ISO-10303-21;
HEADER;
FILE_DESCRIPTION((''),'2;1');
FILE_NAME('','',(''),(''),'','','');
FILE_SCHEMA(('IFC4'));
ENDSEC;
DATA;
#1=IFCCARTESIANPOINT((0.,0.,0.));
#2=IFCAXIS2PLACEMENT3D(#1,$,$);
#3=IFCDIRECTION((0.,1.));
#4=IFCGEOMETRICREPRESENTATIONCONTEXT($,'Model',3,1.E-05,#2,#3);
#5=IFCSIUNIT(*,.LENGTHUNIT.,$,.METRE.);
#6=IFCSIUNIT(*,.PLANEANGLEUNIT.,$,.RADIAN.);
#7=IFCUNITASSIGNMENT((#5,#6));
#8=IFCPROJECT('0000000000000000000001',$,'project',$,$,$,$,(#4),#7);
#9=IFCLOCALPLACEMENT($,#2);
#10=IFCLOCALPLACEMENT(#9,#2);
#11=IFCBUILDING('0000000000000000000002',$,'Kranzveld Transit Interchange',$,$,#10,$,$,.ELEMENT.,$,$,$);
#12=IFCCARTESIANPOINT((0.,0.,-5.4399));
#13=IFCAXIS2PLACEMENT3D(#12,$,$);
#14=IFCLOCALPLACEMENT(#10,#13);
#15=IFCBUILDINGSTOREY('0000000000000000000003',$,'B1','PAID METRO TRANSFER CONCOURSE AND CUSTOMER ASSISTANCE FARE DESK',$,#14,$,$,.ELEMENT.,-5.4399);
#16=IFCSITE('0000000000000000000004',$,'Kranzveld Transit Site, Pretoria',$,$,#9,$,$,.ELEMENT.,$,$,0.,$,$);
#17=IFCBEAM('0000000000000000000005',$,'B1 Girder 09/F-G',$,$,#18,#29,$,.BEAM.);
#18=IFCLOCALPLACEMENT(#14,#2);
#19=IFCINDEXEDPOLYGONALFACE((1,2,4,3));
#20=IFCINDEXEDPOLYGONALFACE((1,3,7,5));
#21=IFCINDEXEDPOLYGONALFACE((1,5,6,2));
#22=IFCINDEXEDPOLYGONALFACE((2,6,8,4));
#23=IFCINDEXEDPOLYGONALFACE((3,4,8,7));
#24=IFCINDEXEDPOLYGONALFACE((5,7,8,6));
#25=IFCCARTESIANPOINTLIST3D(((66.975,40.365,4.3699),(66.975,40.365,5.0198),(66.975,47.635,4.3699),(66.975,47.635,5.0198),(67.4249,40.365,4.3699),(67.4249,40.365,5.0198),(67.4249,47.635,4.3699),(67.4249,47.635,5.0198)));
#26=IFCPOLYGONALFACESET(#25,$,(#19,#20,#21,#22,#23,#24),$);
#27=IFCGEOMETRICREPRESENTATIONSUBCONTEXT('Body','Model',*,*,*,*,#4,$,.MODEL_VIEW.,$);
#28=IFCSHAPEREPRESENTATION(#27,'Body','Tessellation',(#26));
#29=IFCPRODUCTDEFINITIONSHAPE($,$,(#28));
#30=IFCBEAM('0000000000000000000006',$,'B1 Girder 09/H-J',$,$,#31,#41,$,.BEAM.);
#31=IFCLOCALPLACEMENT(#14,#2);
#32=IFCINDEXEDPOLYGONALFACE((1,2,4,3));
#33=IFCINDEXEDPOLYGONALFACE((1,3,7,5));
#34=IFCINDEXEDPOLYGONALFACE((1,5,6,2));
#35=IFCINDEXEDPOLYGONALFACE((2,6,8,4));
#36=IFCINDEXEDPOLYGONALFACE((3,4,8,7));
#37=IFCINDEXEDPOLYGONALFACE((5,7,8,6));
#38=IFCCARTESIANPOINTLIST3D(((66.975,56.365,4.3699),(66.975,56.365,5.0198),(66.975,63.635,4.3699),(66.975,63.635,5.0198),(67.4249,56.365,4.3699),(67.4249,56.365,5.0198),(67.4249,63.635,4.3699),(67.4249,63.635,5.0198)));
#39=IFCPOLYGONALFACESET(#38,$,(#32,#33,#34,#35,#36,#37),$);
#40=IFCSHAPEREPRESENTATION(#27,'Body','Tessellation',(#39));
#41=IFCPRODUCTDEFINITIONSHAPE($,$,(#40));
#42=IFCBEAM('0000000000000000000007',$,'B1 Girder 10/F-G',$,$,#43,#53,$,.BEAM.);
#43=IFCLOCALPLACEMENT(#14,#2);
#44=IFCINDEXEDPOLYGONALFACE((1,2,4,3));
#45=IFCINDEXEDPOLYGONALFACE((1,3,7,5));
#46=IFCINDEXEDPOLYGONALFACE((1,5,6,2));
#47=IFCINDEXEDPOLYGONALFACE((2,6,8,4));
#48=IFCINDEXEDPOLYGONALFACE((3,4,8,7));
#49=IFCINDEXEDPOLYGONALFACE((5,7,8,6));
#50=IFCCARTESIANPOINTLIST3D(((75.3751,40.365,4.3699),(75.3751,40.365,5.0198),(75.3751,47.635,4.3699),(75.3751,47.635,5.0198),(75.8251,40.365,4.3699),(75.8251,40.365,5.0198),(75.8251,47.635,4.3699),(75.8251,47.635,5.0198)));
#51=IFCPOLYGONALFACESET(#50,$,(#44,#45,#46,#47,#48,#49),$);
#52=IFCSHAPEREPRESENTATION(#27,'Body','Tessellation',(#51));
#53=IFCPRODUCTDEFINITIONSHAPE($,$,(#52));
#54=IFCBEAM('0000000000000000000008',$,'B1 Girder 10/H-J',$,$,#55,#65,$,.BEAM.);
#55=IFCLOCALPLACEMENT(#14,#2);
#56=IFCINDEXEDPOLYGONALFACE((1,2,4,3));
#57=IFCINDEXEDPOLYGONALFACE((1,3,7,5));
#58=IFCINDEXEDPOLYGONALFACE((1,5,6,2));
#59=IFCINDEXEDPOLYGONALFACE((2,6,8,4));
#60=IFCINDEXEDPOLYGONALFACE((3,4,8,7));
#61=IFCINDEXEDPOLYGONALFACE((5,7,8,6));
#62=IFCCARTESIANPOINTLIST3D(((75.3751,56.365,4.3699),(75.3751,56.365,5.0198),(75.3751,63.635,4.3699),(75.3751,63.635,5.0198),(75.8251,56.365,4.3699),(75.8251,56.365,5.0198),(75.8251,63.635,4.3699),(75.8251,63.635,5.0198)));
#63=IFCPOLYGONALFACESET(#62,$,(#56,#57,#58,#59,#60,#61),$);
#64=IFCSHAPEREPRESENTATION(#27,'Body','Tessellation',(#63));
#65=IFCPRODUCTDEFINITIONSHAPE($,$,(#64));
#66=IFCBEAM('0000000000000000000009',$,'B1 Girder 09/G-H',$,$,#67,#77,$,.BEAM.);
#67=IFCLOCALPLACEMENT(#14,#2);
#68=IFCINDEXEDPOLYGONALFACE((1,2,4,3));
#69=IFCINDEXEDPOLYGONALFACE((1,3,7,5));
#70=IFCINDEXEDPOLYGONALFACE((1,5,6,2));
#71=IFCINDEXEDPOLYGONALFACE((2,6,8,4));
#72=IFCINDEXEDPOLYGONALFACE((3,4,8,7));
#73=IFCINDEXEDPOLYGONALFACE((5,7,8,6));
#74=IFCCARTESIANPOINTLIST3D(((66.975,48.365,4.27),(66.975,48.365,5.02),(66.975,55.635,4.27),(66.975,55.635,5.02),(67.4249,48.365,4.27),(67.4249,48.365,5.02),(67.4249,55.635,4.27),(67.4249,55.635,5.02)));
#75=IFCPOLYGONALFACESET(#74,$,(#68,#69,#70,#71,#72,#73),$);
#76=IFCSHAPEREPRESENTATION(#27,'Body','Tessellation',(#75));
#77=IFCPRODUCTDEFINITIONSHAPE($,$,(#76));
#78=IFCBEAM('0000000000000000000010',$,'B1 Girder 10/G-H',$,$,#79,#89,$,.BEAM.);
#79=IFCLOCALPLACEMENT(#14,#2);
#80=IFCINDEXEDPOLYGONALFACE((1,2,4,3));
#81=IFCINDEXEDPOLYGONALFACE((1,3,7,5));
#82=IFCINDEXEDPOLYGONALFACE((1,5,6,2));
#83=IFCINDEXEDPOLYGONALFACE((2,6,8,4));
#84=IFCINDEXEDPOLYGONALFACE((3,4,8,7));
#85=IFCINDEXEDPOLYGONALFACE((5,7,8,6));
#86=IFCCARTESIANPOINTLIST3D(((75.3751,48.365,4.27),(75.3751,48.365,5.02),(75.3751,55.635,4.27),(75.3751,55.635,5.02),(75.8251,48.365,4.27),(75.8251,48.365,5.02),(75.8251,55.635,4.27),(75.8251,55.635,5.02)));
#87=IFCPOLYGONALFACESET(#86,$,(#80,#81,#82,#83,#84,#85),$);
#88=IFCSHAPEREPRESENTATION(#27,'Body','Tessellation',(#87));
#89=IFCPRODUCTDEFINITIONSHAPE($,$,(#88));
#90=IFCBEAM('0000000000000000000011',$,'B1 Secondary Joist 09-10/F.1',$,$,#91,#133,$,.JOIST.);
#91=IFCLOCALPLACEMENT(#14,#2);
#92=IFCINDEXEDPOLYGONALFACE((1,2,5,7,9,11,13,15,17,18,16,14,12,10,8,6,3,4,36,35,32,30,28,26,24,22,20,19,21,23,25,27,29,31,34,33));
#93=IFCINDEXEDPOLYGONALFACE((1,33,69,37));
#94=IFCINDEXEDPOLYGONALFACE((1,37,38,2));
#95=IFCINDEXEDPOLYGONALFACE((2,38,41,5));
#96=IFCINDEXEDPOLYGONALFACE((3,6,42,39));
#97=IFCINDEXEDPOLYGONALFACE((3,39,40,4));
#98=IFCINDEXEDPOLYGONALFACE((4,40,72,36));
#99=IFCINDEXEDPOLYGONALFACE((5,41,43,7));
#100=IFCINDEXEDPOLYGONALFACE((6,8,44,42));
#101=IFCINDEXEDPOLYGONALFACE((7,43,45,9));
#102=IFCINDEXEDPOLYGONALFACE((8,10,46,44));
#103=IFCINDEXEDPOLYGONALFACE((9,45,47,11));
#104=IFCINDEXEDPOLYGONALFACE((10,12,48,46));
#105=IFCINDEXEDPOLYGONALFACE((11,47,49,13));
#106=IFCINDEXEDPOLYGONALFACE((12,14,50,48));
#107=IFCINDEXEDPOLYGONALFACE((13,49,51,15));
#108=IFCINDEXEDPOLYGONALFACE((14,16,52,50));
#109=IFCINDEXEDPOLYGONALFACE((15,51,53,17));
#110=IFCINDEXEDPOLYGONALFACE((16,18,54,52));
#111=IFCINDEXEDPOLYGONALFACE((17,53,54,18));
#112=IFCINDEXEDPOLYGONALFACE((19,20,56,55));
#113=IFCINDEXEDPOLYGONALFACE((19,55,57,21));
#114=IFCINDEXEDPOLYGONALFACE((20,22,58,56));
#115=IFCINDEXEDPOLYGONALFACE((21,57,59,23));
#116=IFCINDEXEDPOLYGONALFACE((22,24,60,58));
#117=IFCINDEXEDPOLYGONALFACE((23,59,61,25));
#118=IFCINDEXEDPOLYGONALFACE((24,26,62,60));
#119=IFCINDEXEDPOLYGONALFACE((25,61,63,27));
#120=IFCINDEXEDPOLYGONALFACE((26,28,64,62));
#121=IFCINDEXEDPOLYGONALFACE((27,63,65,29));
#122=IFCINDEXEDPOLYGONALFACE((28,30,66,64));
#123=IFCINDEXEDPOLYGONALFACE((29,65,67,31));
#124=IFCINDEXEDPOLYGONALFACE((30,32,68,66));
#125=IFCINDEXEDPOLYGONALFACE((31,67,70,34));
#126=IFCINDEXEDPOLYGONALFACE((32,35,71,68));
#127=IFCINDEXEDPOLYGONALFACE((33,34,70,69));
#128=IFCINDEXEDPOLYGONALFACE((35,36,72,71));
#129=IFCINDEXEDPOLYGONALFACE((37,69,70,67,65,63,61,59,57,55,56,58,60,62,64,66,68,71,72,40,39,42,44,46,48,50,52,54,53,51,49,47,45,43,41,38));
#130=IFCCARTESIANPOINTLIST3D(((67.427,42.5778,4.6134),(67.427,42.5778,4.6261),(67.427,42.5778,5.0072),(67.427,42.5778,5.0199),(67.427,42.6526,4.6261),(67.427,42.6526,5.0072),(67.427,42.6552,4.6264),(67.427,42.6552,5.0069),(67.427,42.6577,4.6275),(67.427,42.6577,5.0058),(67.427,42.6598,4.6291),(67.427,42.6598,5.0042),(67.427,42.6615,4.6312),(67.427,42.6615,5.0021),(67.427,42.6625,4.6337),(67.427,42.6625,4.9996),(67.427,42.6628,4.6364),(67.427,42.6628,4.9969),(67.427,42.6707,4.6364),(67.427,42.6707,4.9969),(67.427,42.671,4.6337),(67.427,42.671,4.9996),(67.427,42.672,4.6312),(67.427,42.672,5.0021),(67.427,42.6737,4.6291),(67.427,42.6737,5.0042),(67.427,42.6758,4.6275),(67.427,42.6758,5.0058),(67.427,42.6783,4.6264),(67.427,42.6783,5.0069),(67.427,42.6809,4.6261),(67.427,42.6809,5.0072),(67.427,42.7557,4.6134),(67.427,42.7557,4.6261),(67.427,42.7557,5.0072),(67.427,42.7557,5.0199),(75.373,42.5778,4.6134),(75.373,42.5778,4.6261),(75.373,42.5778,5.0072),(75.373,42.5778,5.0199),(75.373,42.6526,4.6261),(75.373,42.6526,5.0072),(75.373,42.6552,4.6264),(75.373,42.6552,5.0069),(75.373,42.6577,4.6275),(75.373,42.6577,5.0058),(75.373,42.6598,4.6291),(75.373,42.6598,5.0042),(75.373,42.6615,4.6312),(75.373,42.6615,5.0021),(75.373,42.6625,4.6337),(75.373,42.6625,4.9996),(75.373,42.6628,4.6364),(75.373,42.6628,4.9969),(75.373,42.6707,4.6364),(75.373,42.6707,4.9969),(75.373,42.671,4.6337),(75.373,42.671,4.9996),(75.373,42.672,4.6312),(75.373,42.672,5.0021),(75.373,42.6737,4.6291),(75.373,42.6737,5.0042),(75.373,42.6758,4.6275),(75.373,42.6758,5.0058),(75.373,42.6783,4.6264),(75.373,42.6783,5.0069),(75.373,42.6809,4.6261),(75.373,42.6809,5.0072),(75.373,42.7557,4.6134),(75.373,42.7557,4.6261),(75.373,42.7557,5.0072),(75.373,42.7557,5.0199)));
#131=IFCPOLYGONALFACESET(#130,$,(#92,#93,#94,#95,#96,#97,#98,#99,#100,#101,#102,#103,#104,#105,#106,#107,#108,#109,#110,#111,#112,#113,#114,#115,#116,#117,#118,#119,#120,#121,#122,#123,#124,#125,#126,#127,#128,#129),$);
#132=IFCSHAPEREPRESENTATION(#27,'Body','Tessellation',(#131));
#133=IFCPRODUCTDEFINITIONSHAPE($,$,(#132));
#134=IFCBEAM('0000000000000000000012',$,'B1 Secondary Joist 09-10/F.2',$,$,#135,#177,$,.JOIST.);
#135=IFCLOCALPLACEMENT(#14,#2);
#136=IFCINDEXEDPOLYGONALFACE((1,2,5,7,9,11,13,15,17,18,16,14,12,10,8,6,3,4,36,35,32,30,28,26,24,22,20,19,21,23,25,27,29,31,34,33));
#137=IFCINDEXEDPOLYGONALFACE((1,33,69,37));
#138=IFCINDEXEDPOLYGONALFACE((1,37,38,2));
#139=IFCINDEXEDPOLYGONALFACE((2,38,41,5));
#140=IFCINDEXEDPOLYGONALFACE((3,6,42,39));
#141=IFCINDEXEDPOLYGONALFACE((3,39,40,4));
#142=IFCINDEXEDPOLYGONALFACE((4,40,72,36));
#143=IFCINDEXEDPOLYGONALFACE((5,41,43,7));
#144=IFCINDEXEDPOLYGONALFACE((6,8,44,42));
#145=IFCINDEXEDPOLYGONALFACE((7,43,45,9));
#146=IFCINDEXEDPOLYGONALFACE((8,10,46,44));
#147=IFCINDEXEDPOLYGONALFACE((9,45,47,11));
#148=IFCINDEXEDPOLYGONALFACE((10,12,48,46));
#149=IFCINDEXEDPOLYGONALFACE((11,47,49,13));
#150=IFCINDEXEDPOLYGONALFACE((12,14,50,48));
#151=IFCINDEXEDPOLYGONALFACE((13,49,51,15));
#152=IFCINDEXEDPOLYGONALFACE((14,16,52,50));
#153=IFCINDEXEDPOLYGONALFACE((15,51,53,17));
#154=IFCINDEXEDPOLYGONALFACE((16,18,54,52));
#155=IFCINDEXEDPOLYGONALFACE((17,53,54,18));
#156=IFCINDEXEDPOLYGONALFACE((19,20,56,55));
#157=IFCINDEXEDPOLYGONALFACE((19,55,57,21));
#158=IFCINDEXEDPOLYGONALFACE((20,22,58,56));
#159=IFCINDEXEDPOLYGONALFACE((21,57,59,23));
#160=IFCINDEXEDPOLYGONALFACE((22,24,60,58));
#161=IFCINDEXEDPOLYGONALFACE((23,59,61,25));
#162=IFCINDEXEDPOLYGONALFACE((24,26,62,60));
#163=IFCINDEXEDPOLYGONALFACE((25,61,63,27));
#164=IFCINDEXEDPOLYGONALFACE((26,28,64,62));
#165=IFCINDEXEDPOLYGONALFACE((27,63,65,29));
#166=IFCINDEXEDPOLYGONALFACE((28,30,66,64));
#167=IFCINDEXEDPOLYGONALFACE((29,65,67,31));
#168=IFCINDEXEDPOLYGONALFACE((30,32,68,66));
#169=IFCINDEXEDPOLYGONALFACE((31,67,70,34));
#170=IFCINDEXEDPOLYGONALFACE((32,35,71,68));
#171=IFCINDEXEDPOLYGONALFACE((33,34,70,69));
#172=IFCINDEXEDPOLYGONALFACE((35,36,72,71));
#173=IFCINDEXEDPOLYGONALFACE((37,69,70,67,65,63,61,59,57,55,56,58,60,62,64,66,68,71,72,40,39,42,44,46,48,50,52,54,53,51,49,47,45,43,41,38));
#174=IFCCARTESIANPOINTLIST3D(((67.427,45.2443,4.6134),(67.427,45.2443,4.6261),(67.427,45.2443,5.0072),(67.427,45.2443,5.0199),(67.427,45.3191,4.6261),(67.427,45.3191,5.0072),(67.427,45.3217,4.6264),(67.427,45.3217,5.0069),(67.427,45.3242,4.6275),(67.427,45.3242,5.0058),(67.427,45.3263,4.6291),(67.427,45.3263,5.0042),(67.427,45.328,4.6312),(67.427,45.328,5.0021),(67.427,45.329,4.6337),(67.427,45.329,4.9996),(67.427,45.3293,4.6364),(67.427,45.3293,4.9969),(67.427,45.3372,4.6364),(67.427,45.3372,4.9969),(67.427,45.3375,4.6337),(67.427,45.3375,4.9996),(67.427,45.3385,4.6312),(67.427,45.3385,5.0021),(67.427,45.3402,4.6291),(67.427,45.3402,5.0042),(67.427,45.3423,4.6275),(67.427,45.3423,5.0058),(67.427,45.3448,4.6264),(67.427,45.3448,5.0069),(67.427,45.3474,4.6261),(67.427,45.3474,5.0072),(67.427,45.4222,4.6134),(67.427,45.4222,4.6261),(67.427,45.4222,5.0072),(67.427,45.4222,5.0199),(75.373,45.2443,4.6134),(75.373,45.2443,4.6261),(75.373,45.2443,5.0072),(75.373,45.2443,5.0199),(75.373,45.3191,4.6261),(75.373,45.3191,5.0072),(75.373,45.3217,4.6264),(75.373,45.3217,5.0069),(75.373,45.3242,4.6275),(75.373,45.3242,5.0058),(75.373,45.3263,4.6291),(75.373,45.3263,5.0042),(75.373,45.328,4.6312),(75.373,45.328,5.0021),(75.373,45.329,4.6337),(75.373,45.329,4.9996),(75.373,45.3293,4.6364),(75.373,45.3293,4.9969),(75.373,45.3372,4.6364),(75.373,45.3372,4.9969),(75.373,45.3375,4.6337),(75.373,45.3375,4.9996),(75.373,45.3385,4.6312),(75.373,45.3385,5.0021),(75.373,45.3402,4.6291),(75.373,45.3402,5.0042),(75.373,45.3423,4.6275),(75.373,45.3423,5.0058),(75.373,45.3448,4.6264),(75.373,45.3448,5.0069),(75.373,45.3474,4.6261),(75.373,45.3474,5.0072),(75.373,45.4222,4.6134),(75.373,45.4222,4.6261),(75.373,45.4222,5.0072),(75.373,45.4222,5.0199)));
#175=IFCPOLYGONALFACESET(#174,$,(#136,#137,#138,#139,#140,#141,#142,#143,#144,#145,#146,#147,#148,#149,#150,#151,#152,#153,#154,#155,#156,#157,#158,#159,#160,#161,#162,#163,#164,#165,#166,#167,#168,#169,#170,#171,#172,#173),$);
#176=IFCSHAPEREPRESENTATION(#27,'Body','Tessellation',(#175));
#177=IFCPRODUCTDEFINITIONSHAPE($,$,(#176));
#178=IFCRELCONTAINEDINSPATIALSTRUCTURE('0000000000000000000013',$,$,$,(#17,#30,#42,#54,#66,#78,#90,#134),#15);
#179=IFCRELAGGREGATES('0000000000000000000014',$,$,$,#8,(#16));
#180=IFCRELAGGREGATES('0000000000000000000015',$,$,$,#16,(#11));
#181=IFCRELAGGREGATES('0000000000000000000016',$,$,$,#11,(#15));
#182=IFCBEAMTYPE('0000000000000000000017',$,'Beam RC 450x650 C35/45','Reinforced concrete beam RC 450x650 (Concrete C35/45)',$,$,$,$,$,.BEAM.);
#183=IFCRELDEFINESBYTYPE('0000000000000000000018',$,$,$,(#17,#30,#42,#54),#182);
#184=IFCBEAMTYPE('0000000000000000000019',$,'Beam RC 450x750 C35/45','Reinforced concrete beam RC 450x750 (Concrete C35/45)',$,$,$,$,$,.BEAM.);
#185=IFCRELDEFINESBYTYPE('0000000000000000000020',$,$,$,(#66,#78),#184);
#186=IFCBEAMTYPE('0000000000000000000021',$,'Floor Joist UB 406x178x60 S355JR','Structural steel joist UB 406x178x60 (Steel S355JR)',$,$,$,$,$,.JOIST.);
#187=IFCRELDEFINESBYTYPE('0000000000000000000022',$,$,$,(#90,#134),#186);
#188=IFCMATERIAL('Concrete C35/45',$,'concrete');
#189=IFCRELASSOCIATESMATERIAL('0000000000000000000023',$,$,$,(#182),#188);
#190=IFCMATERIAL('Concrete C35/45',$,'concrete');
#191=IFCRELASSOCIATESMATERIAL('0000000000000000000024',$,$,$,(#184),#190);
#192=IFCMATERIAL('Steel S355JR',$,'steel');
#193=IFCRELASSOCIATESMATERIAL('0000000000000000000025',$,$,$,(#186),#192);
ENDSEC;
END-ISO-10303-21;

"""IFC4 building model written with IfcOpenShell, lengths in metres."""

from ifc_helpers import new_model, si_unit, direction, frame, origin, origin_2d, place, context, subcontext, project, spatial, rectangle, i_section, extrude, material, material_profile, profile_set, type_object, element, save


model = new_model("IFC4")

# Units and contexts
model_context = context("Model", 3, precision=1e-05, world=origin(), true_north=direction((0.0, 1.0)))
body_context = subcontext(model_context, "Body", "Model", "MODEL_VIEW")
ifc_project = project(units=[si_unit("LENGTHUNIT", "METRE"), si_unit("PLANEANGLEUNIT", "RADIAN")], contexts=[model_context])

# Site, building, storey
site_placement = place(None, origin())
site = spatial("IfcSite", under=ifc_project, at=site_placement, Name="Kranzveld Transit Site, Pretoria", CompositionType="ELEMENT", RefElevation=0.0)
building_placement = place(site_placement, origin())
building = spatial("IfcBuilding", under=site, at=building_placement, Name="Kranzveld Transit Interchange", CompositionType="ELEMENT")
storey_placement = place(building_placement, frame((0.0, 0.0, -5.4399)))
storey = spatial("IfcBuildingStorey", under=building, at=storey_placement, Name="B1", Description="PAID METRO TRANSFER CONCOURSE AND CUSTOMER ASSISTANCE FARE DESK", CompositionType="ELEMENT", Elevation=-5.4399)

# Beams
ifc_material_1 = material(Name="Concrete C35/45", Category="concrete")
ifc_material_profile_1 = material_profile(ifc_material_1, rectangle(XDim=0.45, YDim=0.6499, at=origin_2d()), Name="RC 450x650")
ifc_profile_set_1 = profile_set([ifc_material_profile_1], Name="Concrete C35/45")
beam_type_1 = type_object("IfcBeamType", Name="Beam RC 450x650 C35/45", Description="Reinforced concrete beam RC 450x650 (Concrete C35/45)", PredefinedType="BEAM", material=ifc_profile_set_1)
for number, where, z_axis, x_axis, name in (
    (1, (67.2, 40.365, 4.6948), (0.0, 1.0, 0.0), (-1.0, 0.0, 0.0), "B1 Girder 09/F-G"),
    (2, (67.2, 56.365, 4.6948), (0.0, 1.0, 0.0), (-1.0, 0.0, 0.0), "B1 Girder 09/H-J"),
    (3, (75.6001, 40.365, 4.6948), (0.0, 1.0, 0.0), (-1.0, 0.0, 0.0), "B1 Girder 10/F-G"),
    (4, (75.6001, 56.365, 4.6948), (0.0, 1.0, 0.0), (-1.0, 0.0, 0.0), "B1 Girder 10/H-J"),
):
    element("IfcBeam", number, at=place(storey_placement, frame(where, z_axis=z_axis, x_axis=x_axis)), inside=storey, type_object=beam_type_1, Name=name, PredefinedType="BEAM", context=body_context, shape_type="SweptSolid", body=[
        extrude(rectangle(XDim=0.45, YDim=0.6499, at=origin_2d()), origin(), (0.0, 0.0, 1.0), 7.27),
    ])
ifc_material_2 = material(Name="Concrete C35/45", Category="concrete")
ifc_material_profile_2 = material_profile(ifc_material_2, rectangle(XDim=0.45, YDim=0.75, at=origin_2d()), Name="RC 450x750")
ifc_profile_set_2 = profile_set([ifc_material_profile_2], Name="Concrete C35/45")
beam_type_2 = type_object("IfcBeamType", Name="Beam RC 450x750 C35/45", Description="Reinforced concrete beam RC 450x750 (Concrete C35/45)", PredefinedType="BEAM", material=ifc_profile_set_2)
for number, where, z_axis, x_axis, name in (
    (5, (67.2, 48.365, 4.645), (0.0, 1.0, 0.0), (-1.0, 0.0, 0.0), "B1 Girder 09/G-H"),
    (6, (75.6001, 48.365, 4.645), (0.0, 1.0, 0.0), (-1.0, 0.0, 0.0), "B1 Girder 10/G-H"),
):
    element("IfcBeam", number, at=place(storey_placement, frame(where, z_axis=z_axis, x_axis=x_axis)), inside=storey, type_object=beam_type_2, Name=name, PredefinedType="BEAM", context=body_context, shape_type="SweptSolid", body=[
        extrude(rectangle(XDim=0.45, YDim=0.75, at=origin_2d()), origin(), (0.0, 0.0, 1.0), 7.27),
    ])
ifc_material_3 = material(Name="Steel S355JR", Category="steel")
ifc_material_profile_3 = material_profile(ifc_material_3, i_section(OverallWidth=0.178, OverallDepth=0.4065, WebThickness=0.0078, FlangeThickness=0.0127, FilletRadius=0.0103, at=origin_2d()), Name="UB 406x178x60")
ifc_profile_set_3 = profile_set([ifc_material_profile_3], Name="Steel S355JR")
beam_type_3 = type_object("IfcBeamType", Name="Floor Joist UB 406x178x60 S355JR", Description="Structural steel joist UB 406x178x60 (Steel S355JR)", PredefinedType="JOIST", material=ifc_profile_set_3)
for number, where, z_axis, x_axis, name in (
    (7, (67.427, 42.6667, 4.8167), (1.0, 0.0, 0.0), (0.0, 1.0, 0.0), "B1 Secondary Joist 09-10/F.1"),
    (8, (67.427, 45.3333, 4.8167), (1.0, 0.0, 0.0), (0.0, 1.0, 0.0), "B1 Secondary Joist 09-10/F.2"),
):
    element("IfcBeam", number, at=place(storey_placement, frame(where, z_axis=z_axis, x_axis=x_axis)), inside=storey, type_object=beam_type_3, Name=name, PredefinedType="JOIST", context=body_context, shape_type="SweptSolid", body=[
        extrude(i_section(OverallWidth=0.178, OverallDepth=0.4065, WebThickness=0.0078, FlangeThickness=0.0127, FilletRadius=0.0103, at=origin_2d()), origin(), (0.0, 0.0, 1.0), 7.946),
    ])

save(model, "model.ifc")
